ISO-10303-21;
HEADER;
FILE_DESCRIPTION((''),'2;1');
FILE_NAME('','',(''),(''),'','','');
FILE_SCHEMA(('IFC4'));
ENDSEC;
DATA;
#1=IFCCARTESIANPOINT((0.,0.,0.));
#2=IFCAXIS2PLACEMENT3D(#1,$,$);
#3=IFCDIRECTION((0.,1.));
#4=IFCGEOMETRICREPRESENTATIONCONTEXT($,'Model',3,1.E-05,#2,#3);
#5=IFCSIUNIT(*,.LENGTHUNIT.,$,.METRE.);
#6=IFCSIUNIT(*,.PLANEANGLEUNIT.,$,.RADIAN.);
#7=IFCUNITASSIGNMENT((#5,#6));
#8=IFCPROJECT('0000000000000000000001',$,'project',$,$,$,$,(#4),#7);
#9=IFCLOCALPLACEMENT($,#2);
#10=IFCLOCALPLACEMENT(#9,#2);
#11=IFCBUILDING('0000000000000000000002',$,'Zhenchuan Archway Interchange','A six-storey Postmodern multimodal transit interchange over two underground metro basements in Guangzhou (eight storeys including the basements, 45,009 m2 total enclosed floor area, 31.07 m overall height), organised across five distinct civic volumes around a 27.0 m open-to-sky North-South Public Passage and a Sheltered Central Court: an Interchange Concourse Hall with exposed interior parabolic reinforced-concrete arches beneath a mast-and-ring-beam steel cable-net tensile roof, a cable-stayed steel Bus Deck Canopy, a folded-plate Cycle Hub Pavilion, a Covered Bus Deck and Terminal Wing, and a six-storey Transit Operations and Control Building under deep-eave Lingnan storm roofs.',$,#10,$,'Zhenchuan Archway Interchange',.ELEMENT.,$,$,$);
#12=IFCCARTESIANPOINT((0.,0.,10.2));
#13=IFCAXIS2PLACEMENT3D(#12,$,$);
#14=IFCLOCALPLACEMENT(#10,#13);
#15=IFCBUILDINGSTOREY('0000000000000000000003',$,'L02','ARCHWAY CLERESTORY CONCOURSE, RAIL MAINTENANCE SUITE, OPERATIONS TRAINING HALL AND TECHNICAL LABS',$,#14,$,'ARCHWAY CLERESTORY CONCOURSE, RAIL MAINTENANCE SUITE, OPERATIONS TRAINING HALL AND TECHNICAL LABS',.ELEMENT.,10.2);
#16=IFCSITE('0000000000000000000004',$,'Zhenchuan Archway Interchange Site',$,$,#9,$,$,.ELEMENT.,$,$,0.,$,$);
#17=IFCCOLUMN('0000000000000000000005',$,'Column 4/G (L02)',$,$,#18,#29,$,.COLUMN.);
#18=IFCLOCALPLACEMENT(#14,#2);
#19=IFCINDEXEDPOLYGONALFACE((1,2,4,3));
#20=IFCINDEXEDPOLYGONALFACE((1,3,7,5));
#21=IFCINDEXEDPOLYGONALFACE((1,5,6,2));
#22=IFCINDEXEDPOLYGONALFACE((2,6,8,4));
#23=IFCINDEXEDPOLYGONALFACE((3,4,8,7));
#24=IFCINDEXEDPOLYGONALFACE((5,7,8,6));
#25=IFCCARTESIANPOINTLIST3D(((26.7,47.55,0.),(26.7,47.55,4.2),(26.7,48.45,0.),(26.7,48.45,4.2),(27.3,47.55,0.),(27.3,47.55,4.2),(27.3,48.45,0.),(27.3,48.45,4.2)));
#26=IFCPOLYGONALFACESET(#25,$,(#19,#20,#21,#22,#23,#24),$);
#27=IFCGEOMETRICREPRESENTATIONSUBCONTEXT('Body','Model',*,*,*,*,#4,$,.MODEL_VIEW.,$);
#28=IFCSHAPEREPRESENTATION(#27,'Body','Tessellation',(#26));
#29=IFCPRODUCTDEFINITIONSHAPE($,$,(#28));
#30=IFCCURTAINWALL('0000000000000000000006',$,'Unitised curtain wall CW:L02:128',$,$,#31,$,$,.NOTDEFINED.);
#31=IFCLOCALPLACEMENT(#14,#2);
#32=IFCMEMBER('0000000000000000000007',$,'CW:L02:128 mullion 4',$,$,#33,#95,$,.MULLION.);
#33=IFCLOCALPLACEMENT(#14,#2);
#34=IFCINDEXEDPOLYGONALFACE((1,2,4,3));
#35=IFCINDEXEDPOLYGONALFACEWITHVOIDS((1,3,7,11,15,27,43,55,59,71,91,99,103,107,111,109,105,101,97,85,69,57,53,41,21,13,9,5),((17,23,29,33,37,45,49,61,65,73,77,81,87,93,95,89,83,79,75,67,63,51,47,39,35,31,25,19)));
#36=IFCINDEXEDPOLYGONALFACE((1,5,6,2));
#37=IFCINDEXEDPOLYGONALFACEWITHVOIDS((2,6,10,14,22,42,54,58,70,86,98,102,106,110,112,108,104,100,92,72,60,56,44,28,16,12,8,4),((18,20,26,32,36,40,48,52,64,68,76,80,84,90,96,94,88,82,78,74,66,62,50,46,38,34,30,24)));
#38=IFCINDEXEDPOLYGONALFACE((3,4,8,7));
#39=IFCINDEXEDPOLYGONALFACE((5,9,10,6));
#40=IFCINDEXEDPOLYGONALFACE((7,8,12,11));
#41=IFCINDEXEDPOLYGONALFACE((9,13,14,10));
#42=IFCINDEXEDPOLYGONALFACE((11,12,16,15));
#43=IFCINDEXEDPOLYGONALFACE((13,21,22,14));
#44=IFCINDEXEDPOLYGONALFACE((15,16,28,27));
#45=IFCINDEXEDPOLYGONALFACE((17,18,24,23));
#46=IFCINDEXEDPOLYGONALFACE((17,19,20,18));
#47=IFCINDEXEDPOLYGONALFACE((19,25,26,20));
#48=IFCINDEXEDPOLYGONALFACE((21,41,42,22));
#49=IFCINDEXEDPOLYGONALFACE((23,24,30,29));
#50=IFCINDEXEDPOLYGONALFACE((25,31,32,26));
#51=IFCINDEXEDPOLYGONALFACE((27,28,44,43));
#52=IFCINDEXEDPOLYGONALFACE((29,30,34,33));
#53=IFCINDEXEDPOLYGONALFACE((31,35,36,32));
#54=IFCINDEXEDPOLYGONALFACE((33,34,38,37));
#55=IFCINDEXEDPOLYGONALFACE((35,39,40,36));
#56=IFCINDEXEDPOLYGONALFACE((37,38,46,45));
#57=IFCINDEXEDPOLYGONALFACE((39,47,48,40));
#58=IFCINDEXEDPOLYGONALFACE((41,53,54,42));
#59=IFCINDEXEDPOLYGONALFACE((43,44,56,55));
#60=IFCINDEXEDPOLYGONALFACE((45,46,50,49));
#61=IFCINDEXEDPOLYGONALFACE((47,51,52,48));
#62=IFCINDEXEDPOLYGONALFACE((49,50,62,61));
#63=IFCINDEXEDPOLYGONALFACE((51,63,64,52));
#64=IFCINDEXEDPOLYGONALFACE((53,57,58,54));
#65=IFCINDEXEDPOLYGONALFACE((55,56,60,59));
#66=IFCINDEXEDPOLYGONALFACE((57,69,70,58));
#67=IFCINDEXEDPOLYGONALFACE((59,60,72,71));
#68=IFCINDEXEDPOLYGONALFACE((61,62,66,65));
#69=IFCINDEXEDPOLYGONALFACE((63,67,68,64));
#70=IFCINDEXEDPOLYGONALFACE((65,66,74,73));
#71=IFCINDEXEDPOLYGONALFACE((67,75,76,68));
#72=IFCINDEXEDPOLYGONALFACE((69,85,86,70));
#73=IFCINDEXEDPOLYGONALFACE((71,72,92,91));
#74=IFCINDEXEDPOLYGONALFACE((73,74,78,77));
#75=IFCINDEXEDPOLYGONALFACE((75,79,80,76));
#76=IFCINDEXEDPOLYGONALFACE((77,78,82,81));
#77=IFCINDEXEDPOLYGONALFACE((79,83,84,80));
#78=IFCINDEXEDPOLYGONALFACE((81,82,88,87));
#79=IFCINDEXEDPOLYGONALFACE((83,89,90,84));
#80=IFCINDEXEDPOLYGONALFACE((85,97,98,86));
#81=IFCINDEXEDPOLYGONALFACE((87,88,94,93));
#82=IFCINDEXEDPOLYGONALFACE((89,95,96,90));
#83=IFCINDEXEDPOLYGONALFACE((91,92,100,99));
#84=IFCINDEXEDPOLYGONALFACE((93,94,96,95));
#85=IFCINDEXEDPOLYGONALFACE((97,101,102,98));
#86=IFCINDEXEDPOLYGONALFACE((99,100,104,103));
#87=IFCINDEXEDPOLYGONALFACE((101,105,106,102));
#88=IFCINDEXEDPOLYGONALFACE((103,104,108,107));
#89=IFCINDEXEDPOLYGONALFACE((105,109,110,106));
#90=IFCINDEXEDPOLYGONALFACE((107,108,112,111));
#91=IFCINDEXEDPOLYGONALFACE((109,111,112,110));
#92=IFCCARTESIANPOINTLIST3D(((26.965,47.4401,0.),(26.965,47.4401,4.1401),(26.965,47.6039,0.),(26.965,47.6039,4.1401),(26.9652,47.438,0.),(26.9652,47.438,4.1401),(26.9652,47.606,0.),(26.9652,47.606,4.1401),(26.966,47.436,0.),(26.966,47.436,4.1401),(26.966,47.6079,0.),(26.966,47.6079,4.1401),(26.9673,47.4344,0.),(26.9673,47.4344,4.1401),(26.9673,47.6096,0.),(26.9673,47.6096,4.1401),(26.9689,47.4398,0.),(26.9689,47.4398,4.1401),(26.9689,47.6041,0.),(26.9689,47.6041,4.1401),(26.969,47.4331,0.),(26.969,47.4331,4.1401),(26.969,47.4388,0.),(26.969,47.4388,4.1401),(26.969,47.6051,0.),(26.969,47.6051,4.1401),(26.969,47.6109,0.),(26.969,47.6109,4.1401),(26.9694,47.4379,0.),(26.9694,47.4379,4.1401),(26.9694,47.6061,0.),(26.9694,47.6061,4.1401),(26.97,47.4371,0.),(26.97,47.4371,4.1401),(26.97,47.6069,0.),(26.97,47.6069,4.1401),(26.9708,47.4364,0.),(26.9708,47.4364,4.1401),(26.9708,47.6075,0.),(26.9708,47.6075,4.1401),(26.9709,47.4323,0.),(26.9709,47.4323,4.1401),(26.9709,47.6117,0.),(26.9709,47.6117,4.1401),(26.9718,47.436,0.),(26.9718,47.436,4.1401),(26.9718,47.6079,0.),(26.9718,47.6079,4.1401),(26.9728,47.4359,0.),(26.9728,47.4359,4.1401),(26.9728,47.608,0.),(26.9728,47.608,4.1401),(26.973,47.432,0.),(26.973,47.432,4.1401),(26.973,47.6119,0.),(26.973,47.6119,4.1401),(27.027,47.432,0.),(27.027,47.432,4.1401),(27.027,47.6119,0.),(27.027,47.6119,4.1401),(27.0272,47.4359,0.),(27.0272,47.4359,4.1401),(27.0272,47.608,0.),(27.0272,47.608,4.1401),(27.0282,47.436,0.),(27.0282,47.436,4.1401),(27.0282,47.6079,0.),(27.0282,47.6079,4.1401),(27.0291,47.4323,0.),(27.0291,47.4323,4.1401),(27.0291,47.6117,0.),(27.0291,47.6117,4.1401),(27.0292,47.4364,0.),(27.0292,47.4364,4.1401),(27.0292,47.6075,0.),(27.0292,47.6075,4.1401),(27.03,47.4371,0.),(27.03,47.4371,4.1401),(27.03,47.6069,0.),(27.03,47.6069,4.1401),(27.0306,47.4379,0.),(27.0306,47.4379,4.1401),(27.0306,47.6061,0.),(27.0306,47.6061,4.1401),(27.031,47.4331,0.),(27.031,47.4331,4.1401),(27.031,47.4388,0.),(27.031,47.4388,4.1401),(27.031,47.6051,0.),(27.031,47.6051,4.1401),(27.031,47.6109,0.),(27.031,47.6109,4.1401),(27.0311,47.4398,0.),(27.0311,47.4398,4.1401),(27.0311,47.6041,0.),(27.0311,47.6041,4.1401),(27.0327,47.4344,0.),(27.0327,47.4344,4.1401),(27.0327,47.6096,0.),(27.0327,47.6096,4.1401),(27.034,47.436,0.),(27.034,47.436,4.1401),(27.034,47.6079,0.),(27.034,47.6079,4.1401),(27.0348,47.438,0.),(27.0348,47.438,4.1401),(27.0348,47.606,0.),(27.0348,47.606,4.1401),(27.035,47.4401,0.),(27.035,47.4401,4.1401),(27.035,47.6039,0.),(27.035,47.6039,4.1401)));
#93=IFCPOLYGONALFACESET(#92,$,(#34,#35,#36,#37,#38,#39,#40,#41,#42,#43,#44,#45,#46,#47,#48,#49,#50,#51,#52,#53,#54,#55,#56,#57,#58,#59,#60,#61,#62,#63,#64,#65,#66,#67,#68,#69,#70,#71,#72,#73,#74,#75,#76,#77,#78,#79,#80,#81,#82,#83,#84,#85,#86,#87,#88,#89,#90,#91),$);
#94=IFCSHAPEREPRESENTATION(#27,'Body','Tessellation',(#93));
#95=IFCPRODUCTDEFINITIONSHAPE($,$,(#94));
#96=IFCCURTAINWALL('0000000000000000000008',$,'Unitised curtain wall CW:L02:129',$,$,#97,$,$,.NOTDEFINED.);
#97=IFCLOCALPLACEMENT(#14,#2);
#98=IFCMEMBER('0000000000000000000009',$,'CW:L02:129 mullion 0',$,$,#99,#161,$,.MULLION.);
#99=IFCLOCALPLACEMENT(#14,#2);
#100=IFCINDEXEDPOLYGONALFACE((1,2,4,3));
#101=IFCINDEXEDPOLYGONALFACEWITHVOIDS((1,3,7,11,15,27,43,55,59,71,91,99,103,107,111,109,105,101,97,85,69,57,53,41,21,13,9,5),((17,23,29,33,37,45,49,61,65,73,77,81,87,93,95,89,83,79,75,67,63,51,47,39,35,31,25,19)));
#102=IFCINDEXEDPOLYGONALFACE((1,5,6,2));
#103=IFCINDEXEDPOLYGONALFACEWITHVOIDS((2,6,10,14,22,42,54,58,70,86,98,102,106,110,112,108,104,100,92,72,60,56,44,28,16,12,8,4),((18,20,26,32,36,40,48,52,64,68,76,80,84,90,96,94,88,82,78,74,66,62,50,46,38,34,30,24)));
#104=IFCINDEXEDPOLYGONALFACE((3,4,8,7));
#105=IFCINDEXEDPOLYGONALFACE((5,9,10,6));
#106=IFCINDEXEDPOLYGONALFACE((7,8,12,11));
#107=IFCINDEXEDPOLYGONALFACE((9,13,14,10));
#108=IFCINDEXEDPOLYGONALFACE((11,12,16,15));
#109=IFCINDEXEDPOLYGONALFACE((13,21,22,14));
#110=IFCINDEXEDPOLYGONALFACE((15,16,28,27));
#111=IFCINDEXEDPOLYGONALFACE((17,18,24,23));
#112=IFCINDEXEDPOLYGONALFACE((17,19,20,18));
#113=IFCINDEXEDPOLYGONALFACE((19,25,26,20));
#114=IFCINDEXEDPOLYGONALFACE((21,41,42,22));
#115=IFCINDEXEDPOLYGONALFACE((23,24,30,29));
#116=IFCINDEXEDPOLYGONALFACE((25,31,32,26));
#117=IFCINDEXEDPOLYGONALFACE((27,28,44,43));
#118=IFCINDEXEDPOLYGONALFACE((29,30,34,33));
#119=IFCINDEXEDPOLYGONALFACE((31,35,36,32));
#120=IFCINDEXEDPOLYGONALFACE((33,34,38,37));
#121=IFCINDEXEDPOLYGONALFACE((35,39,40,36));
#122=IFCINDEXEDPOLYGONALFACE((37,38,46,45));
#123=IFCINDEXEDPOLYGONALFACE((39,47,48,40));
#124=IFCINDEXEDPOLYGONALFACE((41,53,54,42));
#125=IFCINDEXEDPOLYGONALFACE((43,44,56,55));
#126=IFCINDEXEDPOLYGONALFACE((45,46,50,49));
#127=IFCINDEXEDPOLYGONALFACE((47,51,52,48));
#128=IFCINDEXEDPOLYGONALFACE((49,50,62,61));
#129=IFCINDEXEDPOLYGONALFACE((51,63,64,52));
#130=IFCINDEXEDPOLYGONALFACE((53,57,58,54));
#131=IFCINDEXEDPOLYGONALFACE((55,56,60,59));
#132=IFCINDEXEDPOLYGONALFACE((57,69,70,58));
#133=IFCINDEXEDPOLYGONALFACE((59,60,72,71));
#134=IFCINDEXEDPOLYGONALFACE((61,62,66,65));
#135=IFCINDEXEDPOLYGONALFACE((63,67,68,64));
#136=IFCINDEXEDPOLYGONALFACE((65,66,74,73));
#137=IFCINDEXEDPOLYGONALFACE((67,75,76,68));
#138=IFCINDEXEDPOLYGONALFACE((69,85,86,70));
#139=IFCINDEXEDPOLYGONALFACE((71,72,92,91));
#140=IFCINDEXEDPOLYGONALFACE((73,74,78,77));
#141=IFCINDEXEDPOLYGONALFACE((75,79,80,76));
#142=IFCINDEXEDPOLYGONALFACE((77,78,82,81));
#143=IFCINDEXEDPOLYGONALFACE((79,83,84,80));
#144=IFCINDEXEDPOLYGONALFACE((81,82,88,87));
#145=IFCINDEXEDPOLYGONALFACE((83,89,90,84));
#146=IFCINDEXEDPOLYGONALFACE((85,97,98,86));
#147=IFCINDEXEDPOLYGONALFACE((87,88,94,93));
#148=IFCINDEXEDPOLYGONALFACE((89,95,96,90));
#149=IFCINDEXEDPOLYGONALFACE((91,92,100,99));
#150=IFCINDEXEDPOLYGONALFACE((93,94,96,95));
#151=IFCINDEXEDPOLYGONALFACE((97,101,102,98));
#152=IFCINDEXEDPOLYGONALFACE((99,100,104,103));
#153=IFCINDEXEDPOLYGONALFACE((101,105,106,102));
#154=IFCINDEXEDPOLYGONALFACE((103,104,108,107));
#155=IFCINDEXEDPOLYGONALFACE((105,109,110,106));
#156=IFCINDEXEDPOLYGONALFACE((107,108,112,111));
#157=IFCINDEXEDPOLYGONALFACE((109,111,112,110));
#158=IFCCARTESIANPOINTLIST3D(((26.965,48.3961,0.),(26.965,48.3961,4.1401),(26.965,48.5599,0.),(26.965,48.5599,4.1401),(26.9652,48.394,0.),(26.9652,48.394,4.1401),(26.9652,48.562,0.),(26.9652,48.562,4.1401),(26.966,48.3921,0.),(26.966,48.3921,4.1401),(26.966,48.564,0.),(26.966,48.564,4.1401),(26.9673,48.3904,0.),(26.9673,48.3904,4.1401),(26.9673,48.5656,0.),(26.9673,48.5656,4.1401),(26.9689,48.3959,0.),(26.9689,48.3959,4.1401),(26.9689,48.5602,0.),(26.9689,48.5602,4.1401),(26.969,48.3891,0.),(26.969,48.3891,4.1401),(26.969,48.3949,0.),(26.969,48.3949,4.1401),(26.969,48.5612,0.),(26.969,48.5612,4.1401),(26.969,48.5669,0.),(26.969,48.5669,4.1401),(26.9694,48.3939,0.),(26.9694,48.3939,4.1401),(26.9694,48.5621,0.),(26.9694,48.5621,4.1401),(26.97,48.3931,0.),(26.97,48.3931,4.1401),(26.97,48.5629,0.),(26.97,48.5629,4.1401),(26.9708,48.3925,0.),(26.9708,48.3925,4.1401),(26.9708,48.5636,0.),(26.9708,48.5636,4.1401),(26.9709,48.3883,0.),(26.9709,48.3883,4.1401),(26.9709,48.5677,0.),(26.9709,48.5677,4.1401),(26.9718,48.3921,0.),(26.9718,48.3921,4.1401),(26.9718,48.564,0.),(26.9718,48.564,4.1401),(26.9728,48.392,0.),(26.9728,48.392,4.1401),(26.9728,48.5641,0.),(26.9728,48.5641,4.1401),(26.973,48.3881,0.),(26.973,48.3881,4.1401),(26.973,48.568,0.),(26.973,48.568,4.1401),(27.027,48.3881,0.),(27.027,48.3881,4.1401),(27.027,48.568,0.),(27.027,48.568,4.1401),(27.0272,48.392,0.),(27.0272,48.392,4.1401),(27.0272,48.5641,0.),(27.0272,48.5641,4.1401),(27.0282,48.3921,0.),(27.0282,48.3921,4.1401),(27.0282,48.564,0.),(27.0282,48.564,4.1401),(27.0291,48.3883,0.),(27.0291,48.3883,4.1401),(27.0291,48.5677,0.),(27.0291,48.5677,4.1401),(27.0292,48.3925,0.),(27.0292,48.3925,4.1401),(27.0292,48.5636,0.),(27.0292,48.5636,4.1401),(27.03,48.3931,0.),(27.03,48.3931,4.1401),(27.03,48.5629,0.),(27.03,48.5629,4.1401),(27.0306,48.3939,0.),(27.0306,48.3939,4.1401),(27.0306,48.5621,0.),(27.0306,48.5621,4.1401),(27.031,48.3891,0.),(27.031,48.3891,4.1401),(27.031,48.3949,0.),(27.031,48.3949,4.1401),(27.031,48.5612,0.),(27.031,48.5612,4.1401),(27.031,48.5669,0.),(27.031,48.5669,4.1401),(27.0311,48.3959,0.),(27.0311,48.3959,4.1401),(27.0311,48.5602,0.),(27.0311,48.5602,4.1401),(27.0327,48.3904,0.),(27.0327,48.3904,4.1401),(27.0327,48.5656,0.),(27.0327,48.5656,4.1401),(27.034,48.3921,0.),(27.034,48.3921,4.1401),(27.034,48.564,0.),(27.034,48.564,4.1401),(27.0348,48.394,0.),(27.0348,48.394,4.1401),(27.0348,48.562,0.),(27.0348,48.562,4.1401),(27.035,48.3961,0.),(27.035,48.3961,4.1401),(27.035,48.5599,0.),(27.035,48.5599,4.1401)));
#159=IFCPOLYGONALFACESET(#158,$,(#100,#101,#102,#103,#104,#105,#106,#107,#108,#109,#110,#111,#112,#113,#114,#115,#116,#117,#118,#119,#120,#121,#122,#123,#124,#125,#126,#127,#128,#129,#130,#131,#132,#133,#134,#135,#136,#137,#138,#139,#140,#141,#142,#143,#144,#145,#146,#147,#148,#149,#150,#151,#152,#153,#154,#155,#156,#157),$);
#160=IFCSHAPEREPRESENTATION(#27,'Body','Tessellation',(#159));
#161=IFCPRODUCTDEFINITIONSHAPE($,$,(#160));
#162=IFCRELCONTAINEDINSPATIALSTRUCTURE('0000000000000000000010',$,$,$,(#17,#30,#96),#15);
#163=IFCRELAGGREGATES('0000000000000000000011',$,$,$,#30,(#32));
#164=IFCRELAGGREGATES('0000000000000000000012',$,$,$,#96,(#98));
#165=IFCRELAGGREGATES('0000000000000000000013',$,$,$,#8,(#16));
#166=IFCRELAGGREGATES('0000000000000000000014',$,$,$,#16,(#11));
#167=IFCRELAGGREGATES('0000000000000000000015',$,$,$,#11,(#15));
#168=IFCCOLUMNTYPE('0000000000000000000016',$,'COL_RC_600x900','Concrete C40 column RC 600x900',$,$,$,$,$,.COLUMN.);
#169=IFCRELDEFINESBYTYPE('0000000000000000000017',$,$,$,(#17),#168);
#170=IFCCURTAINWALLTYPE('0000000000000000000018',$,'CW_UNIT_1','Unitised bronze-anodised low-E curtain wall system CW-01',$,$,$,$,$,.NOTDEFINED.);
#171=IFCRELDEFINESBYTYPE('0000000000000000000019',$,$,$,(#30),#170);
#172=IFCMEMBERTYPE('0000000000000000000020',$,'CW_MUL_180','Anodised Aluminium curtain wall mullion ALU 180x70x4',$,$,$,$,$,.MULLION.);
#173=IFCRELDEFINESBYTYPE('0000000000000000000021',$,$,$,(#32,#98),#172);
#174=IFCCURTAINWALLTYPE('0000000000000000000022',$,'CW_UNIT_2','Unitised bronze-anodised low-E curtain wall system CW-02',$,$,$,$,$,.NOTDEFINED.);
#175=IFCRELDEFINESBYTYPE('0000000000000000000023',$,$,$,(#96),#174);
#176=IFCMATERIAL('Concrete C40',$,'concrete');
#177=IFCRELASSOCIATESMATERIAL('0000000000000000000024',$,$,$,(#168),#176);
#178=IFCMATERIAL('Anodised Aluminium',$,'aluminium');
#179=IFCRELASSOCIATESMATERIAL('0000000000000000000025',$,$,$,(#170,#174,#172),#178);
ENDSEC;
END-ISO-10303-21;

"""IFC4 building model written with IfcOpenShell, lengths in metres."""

from ifc_helpers import new_model, si_unit, direction, frame, origin, origin_2d, place, context, subcontext, project, spatial, rectangle, hollow_rectangle, extrude, material, material_profile, profile_set, type_object, element, aggregate, save


model = new_model("IFC4")

# Units and contexts
model_context = context("Model", 3, precision=1e-05, world=origin(), true_north=direction((0.0, 1.0)))
body_context = subcontext(model_context, "Body", "Model", "MODEL_VIEW")
ifc_project = project(units=[si_unit("LENGTHUNIT", "METRE"), si_unit("PLANEANGLEUNIT", "RADIAN")], contexts=[model_context])

# Site, building, storey
site_placement = place(None, origin())
site = spatial("IfcSite", under=ifc_project, at=site_placement, Name="Zhenchuan Archway Interchange Site", CompositionType="ELEMENT", RefElevation=0.0)
building_placement = place(site_placement, origin())
building = spatial("IfcBuilding", under=site, at=building_placement, Name="Zhenchuan Archway Interchange", Description="A six-storey Postmodern multimodal transit interchange over two underground metro basements in Guangzhou (eight storeys including the basements, 45,009 m2 total enclosed floor area, 31.07 m overall height), organised across five distinct civic volumes around a 27.0 m open-to-sky North-South Public Passage and a Sheltered Central Court: an Interchange Concourse Hall with exposed interior parabolic reinforced-concrete arches beneath a mast-and-ring-beam steel cable-net tensile roof, a cable-stayed steel Bus Deck Canopy, a folded-plate Cycle Hub Pavilion, a Covered Bus Deck and Terminal Wing, and a six-storey Transit Operations and Control Building under deep-eave Lingnan storm roofs.", LongName="Zhenchuan Archway Interchange", CompositionType="ELEMENT")
storey_placement = place(building_placement, frame((0.0, 0.0, 10.2)))
storey = spatial("IfcBuildingStorey", under=building, at=storey_placement, Name="L02", Description="ARCHWAY CLERESTORY CONCOURSE, RAIL MAINTENANCE SUITE, OPERATIONS TRAINING HALL AND TECHNICAL LABS", LongName="ARCHWAY CLERESTORY CONCOURSE, RAIL MAINTENANCE SUITE, OPERATIONS TRAINING HALL AND TECHNICAL LABS", CompositionType="ELEMENT", Elevation=10.2)

# Column
ifc_material_1 = material(Name="Concrete C40", Category="concrete")
ifc_material_profile_1 = material_profile(ifc_material_1, rectangle(XDim=0.6001, YDim=0.8999, at=origin_2d()), Name="RC 600x900")
ifc_profile_set_1 = profile_set([ifc_material_profile_1], Name="Concrete C40")
column_type = type_object("IfcColumnType", Name="COL_RC_600x900", Description="Concrete C40 column RC 600x900", PredefinedType="COLUMN", material=ifc_profile_set_1)
column_placement = place(storey_placement, frame((27.0, 48.0, 0.0), z_axis=(0.0, 0.0, 1.0), x_axis=(1.0, 0.0, 0.0)))
element("IfcColumn", 1, at=column_placement, inside=storey, type_object=column_type, Name="Column 4/G (L02)", PredefinedType="COLUMN", context=body_context, shape_type="SweptSolid", body=[
    extrude(rectangle(XDim=0.6001, YDim=0.8999, at=origin_2d()), origin(), (0.0, 0.0, 1.0), 4.2),
])

# Curtain wall, member
ifc_material_2 = material(Name="Anodised Aluminium", Category="aluminium")
curtain_wall_type_1 = type_object("IfcCurtainWallType", Name="CW_UNIT_1", Description="Unitised bronze-anodised low-E curtain wall system CW-01", PredefinedType="NOTDEFINED", material=ifc_material_2)
curtain_wall_1_placement = place(storey_placement, origin())
curtain_wall_1 = element("IfcCurtainWall", 2, at=curtain_wall_1_placement, inside=storey, type_object=curtain_wall_type_1, Name="Unitised curtain wall CW:L02:128", PredefinedType="NOTDEFINED")
ifc_material_profile_2 = material_profile(ifc_material_2, hollow_rectangle(XDim=0.0701, YDim=0.1799, WallThickness=0.0039, InnerFilletRadius=0.0039, OuterFilletRadius=0.0081, at=origin_2d()), Name="ALU 180x70x4")
ifc_profile_set_2 = profile_set([ifc_material_profile_2], Name="Anodised Aluminium")
member_type_1 = type_object("IfcMemberType", Name="CW_MUL_180", Description="Anodised Aluminium curtain wall mullion ALU 180x70x4", PredefinedType="MULLION", material=ifc_profile_set_2)
member_1_placement = place(storey_placement, frame((27.0, 47.522, 0.0), z_axis=(0.0, 0.0, 1.0), x_axis=(1.0, 0.0, 0.0)))
member_1 = element("IfcMember", 3, at=member_1_placement, type_object=member_type_1, Name="CW:L02:128 mullion 4", PredefinedType="MULLION", context=body_context, shape_type="SweptSolid", body=[
    extrude(hollow_rectangle(XDim=0.0701, YDim=0.1799, WallThickness=0.0039, InnerFilletRadius=0.0039, OuterFilletRadius=0.0081, at=origin_2d()), origin(), (0.0, 0.0, 1.0), 4.1401),
])

# Curtain wall, member
curtain_wall_type_2 = type_object("IfcCurtainWallType", Name="CW_UNIT_2", Description="Unitised bronze-anodised low-E curtain wall system CW-02", PredefinedType="NOTDEFINED", material=ifc_material_2)
curtain_wall_2_placement = place(storey_placement, origin())
curtain_wall_2 = element("IfcCurtainWall", 4, at=curtain_wall_2_placement, inside=storey, type_object=curtain_wall_type_2, Name="Unitised curtain wall CW:L02:129", PredefinedType="NOTDEFINED")
member_2_placement = place(storey_placement, frame((27.0, 48.478, 0.0), z_axis=(0.0, 0.0, 1.0), x_axis=(1.0, 0.0, 0.0)))
member_2 = element("IfcMember", 5, at=member_2_placement, type_object=member_type_1, Name="CW:L02:129 mullion 0", PredefinedType="MULLION", context=body_context, shape_type="SweptSolid", body=[
    extrude(hollow_rectangle(XDim=0.0701, YDim=0.1799, WallThickness=0.0039, InnerFilletRadius=0.0039, OuterFilletRadius=0.0081, at=origin_2d()), origin(), (0.0, 0.0, 1.0), 4.1401),
])

aggregate(curtain_wall_1, [member_1])
aggregate(curtain_wall_2, [member_2])

save(model, "model.ifc")
